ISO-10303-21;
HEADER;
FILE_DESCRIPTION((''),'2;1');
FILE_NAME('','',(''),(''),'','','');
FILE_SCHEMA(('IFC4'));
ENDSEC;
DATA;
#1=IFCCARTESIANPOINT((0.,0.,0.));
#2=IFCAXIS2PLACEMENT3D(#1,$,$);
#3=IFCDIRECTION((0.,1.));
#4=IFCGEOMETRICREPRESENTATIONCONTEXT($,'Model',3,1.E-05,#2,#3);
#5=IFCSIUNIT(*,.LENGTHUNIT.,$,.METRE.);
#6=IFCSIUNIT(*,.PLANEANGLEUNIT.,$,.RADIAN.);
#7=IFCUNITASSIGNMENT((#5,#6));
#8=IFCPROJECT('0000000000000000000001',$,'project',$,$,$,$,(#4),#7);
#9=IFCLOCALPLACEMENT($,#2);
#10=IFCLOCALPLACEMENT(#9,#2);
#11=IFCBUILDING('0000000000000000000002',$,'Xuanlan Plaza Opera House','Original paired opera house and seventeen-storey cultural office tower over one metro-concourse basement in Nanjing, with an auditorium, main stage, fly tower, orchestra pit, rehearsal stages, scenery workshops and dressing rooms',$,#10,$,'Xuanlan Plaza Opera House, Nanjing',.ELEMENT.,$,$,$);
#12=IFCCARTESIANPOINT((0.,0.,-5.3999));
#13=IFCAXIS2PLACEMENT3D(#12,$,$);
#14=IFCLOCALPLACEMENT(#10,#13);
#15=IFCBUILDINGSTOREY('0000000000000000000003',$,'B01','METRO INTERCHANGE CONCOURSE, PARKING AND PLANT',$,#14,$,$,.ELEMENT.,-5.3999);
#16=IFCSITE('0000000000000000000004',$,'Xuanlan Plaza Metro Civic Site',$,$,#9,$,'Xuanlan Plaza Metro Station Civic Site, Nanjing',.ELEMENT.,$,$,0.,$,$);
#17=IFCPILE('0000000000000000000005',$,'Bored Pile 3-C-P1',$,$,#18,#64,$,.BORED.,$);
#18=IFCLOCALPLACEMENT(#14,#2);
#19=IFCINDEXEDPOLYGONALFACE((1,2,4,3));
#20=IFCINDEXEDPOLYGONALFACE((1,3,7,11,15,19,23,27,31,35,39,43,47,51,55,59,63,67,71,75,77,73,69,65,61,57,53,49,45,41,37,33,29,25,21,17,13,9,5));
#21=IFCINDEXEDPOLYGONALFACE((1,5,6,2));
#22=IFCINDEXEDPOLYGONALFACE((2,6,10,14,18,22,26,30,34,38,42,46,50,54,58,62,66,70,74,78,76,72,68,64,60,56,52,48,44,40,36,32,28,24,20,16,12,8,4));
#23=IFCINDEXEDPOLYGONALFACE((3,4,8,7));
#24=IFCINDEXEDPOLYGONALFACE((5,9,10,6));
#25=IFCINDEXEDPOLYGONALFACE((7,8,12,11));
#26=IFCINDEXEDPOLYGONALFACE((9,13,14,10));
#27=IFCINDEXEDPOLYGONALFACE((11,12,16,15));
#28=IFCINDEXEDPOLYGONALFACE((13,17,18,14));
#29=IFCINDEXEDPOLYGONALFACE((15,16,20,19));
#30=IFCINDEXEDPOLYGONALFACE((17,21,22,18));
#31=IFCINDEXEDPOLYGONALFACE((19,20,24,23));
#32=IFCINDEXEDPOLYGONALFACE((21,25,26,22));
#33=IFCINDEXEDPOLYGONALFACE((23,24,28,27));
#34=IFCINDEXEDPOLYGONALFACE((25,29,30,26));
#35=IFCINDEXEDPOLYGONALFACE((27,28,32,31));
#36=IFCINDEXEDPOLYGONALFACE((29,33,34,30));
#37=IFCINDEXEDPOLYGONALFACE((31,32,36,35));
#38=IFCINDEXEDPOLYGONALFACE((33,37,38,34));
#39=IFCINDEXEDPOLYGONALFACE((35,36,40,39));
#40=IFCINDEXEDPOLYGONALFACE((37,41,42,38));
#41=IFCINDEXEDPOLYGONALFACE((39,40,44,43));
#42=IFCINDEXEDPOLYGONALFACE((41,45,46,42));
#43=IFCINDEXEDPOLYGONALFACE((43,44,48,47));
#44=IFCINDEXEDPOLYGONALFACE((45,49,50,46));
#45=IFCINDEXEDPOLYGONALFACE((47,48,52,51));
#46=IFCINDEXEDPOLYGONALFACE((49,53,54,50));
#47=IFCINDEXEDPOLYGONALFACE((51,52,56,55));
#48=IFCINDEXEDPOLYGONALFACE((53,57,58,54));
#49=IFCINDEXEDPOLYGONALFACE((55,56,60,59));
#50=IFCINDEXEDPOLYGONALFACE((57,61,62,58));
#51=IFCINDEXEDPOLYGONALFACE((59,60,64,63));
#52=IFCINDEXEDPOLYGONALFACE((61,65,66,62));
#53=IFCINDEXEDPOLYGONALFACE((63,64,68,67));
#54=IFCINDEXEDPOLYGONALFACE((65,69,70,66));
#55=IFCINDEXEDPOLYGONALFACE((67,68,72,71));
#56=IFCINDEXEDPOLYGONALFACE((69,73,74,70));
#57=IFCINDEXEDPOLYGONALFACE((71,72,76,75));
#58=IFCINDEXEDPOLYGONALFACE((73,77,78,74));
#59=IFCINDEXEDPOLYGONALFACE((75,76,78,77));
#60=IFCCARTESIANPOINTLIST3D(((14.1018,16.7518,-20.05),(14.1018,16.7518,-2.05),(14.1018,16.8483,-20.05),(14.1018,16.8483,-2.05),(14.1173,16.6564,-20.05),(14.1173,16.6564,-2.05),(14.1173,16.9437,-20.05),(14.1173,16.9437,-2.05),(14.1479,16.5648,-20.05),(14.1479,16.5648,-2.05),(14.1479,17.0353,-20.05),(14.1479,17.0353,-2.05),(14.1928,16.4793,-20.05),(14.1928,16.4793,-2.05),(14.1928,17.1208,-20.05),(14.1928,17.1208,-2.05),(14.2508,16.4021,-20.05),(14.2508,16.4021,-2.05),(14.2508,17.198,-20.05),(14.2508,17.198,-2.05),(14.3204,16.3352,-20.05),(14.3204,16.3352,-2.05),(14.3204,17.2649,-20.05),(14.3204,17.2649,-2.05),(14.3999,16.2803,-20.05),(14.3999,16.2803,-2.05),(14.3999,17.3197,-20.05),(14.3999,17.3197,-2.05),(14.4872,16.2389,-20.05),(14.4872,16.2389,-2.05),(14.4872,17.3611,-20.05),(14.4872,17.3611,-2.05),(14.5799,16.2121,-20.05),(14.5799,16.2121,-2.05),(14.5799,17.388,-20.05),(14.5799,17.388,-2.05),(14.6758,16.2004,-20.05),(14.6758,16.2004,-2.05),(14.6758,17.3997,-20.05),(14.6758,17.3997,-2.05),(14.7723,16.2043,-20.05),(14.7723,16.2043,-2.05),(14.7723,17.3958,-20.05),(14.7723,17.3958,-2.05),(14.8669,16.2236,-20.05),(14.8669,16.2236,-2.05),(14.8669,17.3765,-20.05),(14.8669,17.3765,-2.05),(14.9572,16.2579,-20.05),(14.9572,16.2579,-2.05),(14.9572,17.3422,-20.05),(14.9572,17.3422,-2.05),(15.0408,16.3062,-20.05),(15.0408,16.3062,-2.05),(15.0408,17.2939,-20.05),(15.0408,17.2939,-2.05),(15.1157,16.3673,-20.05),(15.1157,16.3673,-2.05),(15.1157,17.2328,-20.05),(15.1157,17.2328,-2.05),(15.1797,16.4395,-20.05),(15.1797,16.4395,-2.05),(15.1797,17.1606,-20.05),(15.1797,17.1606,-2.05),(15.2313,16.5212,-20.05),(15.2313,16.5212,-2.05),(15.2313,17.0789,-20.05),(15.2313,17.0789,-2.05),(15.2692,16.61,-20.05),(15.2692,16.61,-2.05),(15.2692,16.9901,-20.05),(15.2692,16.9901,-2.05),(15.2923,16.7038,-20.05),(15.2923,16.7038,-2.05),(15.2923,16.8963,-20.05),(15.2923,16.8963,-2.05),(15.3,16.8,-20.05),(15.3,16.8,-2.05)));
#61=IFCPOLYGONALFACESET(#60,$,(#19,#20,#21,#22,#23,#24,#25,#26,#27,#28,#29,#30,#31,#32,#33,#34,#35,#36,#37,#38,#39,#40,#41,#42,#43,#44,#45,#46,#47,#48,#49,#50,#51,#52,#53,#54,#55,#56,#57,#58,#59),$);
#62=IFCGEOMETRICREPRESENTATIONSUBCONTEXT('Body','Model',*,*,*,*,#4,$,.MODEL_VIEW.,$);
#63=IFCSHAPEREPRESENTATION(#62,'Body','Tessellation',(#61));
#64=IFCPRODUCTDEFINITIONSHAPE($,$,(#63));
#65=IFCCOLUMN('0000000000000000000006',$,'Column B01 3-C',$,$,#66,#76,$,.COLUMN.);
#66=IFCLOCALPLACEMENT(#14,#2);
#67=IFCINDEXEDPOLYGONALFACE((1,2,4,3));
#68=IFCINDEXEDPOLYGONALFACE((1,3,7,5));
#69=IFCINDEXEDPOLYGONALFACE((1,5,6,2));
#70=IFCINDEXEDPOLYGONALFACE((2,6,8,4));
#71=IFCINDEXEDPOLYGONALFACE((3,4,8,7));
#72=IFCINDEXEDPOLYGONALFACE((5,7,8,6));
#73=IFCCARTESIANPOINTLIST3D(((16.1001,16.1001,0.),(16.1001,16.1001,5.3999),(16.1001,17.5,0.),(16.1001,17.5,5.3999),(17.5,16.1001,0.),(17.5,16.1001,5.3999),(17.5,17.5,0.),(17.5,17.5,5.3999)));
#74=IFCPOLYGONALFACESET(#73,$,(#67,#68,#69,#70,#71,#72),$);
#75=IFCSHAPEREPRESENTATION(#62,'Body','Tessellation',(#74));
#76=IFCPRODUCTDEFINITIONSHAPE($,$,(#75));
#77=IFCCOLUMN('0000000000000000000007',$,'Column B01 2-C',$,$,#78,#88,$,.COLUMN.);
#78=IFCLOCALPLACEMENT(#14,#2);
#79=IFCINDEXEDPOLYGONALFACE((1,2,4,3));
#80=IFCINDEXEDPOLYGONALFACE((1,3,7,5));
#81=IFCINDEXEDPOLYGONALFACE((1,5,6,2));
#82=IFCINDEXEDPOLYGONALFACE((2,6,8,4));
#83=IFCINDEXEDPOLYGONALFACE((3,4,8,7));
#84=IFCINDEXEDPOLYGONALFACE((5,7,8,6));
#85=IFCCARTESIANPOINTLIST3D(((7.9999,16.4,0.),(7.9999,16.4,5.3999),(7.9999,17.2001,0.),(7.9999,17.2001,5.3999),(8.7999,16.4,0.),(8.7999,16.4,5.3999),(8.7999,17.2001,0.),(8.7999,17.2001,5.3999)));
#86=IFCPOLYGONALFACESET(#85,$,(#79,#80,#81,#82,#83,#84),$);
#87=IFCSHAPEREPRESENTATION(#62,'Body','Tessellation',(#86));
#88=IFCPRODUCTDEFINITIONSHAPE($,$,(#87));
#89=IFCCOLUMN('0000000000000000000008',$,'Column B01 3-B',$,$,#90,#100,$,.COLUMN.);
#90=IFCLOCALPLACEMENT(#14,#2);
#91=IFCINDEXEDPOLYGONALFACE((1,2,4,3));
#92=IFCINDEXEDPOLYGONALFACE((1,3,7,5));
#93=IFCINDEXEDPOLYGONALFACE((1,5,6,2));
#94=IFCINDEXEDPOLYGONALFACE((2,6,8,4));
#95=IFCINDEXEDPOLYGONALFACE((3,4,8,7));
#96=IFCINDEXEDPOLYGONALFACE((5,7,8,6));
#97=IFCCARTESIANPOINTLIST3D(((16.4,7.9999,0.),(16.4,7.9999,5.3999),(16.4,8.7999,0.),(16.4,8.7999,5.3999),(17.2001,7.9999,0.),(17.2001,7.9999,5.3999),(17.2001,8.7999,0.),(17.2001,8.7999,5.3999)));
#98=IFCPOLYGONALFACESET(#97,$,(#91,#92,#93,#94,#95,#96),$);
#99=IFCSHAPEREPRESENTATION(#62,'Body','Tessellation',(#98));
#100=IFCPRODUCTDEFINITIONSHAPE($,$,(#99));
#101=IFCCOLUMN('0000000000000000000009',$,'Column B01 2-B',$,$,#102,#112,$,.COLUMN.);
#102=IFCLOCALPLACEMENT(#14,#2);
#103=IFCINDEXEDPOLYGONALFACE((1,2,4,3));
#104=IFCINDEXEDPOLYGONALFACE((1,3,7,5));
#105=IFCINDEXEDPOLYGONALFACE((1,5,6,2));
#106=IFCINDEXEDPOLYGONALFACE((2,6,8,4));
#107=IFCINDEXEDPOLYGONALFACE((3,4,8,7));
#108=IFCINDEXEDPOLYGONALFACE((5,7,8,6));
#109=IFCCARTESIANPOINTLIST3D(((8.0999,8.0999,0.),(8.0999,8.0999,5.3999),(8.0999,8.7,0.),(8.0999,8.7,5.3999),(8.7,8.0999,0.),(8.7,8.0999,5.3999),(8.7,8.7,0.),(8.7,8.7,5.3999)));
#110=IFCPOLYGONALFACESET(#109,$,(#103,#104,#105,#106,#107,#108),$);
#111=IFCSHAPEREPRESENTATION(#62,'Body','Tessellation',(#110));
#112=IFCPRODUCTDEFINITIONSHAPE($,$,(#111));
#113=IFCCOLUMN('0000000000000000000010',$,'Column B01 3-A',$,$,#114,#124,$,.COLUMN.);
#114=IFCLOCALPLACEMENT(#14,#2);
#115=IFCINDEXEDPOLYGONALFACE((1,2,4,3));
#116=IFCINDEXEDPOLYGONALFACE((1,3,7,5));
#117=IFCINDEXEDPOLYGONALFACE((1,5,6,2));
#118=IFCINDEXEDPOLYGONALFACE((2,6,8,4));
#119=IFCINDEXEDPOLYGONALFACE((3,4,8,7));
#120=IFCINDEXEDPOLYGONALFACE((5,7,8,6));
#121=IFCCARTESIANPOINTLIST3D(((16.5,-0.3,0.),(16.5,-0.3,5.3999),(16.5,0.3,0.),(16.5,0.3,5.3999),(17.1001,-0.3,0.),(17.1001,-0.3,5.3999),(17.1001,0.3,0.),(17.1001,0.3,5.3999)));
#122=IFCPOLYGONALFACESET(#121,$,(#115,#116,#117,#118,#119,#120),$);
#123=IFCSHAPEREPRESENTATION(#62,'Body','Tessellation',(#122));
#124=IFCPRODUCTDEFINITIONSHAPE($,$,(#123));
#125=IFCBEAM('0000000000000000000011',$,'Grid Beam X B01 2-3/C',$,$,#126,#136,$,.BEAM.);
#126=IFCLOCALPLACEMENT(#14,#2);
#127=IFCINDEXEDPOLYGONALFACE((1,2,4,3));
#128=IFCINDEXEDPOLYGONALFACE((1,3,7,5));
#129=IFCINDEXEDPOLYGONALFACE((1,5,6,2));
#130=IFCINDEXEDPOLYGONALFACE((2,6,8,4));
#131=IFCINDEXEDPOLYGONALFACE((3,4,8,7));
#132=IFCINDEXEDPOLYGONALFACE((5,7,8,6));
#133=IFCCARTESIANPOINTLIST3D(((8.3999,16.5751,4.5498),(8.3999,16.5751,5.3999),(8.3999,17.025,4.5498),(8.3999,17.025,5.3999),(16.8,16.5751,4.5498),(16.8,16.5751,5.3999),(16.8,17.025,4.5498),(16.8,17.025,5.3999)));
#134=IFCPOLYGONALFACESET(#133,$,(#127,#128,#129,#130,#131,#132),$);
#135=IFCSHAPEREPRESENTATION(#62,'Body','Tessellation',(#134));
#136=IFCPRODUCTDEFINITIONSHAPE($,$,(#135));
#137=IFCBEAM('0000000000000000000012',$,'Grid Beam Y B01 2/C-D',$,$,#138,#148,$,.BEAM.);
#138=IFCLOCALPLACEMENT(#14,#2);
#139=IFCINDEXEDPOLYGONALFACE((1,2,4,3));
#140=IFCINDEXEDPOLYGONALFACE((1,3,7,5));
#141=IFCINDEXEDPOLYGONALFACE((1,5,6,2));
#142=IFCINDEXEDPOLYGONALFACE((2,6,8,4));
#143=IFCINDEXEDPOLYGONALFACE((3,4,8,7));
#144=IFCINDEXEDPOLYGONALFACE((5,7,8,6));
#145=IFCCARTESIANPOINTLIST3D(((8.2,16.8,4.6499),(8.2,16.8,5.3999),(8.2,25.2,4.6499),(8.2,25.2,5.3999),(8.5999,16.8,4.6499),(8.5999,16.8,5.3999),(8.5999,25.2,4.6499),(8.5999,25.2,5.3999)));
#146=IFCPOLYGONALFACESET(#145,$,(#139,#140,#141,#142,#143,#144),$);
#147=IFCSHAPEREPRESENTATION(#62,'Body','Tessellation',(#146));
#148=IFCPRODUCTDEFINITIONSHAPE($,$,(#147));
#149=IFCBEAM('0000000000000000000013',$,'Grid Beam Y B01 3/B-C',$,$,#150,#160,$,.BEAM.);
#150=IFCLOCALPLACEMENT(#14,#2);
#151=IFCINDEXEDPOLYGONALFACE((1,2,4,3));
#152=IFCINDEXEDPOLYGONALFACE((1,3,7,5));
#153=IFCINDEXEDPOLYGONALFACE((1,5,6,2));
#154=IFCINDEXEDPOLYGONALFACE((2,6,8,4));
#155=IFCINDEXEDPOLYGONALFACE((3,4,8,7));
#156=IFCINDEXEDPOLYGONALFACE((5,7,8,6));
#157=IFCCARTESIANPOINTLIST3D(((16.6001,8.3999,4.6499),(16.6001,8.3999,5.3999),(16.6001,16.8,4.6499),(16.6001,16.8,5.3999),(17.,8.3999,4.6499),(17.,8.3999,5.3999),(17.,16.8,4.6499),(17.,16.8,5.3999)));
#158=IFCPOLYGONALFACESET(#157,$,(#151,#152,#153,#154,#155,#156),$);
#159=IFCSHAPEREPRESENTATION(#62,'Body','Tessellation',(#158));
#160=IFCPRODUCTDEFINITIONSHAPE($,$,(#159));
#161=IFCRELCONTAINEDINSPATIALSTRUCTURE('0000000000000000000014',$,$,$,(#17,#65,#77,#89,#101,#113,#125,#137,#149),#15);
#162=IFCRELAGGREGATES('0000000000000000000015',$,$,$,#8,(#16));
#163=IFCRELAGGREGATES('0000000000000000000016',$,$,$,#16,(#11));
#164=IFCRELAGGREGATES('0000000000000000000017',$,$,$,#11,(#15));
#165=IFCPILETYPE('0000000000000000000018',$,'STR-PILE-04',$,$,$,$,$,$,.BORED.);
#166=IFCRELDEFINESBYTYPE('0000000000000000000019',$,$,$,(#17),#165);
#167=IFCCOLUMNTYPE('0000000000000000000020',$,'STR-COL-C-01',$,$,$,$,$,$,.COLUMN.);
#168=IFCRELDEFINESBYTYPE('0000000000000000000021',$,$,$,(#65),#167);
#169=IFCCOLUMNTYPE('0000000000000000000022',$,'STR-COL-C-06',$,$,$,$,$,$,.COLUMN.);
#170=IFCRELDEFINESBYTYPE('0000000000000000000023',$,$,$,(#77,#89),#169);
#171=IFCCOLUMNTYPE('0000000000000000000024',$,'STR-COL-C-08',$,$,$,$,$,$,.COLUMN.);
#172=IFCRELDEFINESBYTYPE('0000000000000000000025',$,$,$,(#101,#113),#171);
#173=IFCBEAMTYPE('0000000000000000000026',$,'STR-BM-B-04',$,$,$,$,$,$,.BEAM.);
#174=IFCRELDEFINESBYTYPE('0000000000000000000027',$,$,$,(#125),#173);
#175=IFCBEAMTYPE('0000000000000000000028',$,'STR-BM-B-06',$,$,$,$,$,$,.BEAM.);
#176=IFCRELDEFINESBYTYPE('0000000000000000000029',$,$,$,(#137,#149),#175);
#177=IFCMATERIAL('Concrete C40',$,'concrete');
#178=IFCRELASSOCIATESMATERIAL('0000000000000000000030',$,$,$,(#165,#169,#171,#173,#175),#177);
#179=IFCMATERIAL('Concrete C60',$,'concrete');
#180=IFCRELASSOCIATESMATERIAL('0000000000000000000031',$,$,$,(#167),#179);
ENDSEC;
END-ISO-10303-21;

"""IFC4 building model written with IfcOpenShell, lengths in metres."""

from ifc_helpers import new_model, si_unit, direction, frame, origin, origin_2d, place, context, subcontext, project, spatial, rectangle, circle, extrude, material, material_profile, profile_set, type_object, element, save


model = new_model("IFC4")

# Units and contexts
model_context = context("Model", 3, precision=1e-05, world=origin(), true_north=direction((0.0, 1.0)))
body_context = subcontext(model_context, "Body", "Model", "MODEL_VIEW")
ifc_project = project(units=[si_unit("LENGTHUNIT", "METRE"), si_unit("PLANEANGLEUNIT", "RADIAN")], contexts=[model_context])

# Site, building, storey
site_placement = place(None, origin())
site = spatial("IfcSite", under=ifc_project, at=site_placement, Name="Xuanlan Plaza Metro Civic Site", LongName="Xuanlan Plaza Metro Station Civic Site, Nanjing", CompositionType="ELEMENT", RefElevation=0.0)
building_placement = place(site_placement, origin())
building = spatial("IfcBuilding", under=site, at=building_placement, Name="Xuanlan Plaza Opera House", Description="Original paired opera house and seventeen-storey cultural office tower over one metro-concourse basement in Nanjing, with an auditorium, main stage, fly tower, orchestra pit, rehearsal stages, scenery workshops and dressing rooms", LongName="Xuanlan Plaza Opera House, Nanjing", CompositionType="ELEMENT")
storey_placement = place(building_placement, frame((0.0, 0.0, -5.3999)))
storey = spatial("IfcBuildingStorey", under=building, at=storey_placement, Name="B01", Description="METRO INTERCHANGE CONCOURSE, PARKING AND PLANT", CompositionType="ELEMENT", Elevation=-5.3999)

# Shared definitions
ifc_material_1 = material(Name="Concrete C40", Category="concrete")

# Pile
ifc_material_profile_1 = material_profile(ifc_material_1, circle(Radius=0.6001, at=origin_2d()), Name="PILE D1200")
ifc_profile_set_1 = profile_set([ifc_material_profile_1], Name="Concrete C40")
pile_type_1 = type_object("IfcPileType", Name="STR-PILE-04", PredefinedType="BORED", material=ifc_profile_set_1)
pile_1_placement = place(storey_placement, frame((14.7, 16.8, -2.05), z_axis=(0.0, 0.0, -1.0), x_axis=(1.0, 0.0, 0.0)))
element("IfcPile", 1, at=pile_1_placement, inside=storey, type_object=pile_type_1, Name="Bored Pile 3-C-P1", PredefinedType="BORED", context=body_context, shape_type="SweptSolid", body=[
    extrude(circle(Radius=0.6001, at=origin_2d()), origin(), (0.0, 0.0, 1.0), 18.0),
])

# Columns
ifc_material_2 = material(Name="Concrete C60", Category="concrete")
ifc_material_profile_2 = material_profile(ifc_material_2, rectangle(XDim=1.3999, YDim=1.3999, at=origin_2d()), Name="RC-COL 1400x1400")
ifc_profile_set_2 = profile_set([ifc_material_profile_2], Name="Concrete C60")
column_type_1 = type_object("IfcColumnType", Name="STR-COL-C-01", PredefinedType="COLUMN", material=ifc_profile_set_2)
column_placement = place(storey_placement, frame((16.8, 16.8, 0.0), z_axis=(0.0, 0.0, 1.0), x_axis=(1.0, 0.0, 0.0)))
element("IfcColumn", 2, at=column_placement, inside=storey, type_object=column_type_1, Name="Column B01 3-C", PredefinedType="COLUMN", context=body_context, shape_type="SweptSolid", body=[
    extrude(rectangle(XDim=1.3999, YDim=1.3999, at=origin_2d()), origin(), (0.0, 0.0, 1.0), 5.3999),
])
ifc_material_profile_3 = material_profile(ifc_material_1, rectangle(XDim=0.8, YDim=0.8, at=origin_2d()), Name="RC-COL 800x800")
ifc_profile_set_3 = profile_set([ifc_material_profile_3], Name="Concrete C40")
column_type_2 = type_object("IfcColumnType", Name="STR-COL-C-06", PredefinedType="COLUMN", material=ifc_profile_set_3)
for number, where, z_axis, x_axis, name in (
    (3, (8.3999, 16.8, 0.0), (0.0, 0.0, 1.0), (1.0, 0.0, 0.0), "Column B01 2-C"),
    (4, (16.8, 8.3999, 0.0), (0.0, 0.0, 1.0), (1.0, 0.0, 0.0), "Column B01 3-B"),
):
    element("IfcColumn", number, at=place(storey_placement, frame(where, z_axis=z_axis, x_axis=x_axis)), inside=storey, type_object=column_type_2, Name=name, PredefinedType="COLUMN", context=body_context, shape_type="SweptSolid", body=[
        extrude(rectangle(XDim=0.8, YDim=0.8, at=origin_2d()), origin(), (0.0, 0.0, 1.0), 5.3999),
    ])
ifc_material_profile_4 = material_profile(ifc_material_1, rectangle(XDim=0.6001, YDim=0.6001, at=origin_2d()), Name="RC-COL 600x600")
ifc_profile_set_4 = profile_set([ifc_material_profile_4], Name="Concrete C40")
column_type_3 = type_object("IfcColumnType", Name="STR-COL-C-08", PredefinedType="COLUMN", material=ifc_profile_set_4)
for number, where, z_axis, x_axis, name in (
    (5, (8.3999, 8.3999, 0.0), (0.0, 0.0, 1.0), (1.0, 0.0, 0.0), "Column B01 2-B"),
    (6, (16.8, 0.0, 0.0), (0.0, 0.0, 1.0), (1.0, 0.0, 0.0), "Column B01 3-A"),
):
    element("IfcColumn", number, at=place(storey_placement, frame(where, z_axis=z_axis, x_axis=x_axis)), inside=storey, type_object=column_type_3, Name=name, PredefinedType="COLUMN", context=body_context, shape_type="SweptSolid", body=[
        extrude(rectangle(XDim=0.6001, YDim=0.6001, at=origin_2d()), origin(), (0.0, 0.0, 1.0), 5.3999),
    ])

# Beams
ifc_material_profile_5 = material_profile(ifc_material_1, rectangle(XDim=0.45, YDim=0.8501, at=origin_2d()), Name="RC-BM 450x850")
ifc_profile_set_5 = profile_set([ifc_material_profile_5], Name="Concrete C40")
beam_type_1 = type_object("IfcBeamType", Name="STR-BM-B-04", PredefinedType="BEAM", material=ifc_profile_set_5)
beam_1_placement = place(storey_placement, frame((8.3999, 16.8, 4.9749), z_axis=(1.0, 0.0, 0.0), x_axis=(0.0, 1.0, 0.0)))
element("IfcBeam", 7, at=beam_1_placement, inside=storey, type_object=beam_type_1, Name="Grid Beam X B01 2-3/C", PredefinedType="BEAM", context=body_context, shape_type="SweptSolid", body=[
    extrude(rectangle(XDim=0.45, YDim=0.8501, at=origin_2d()), origin(), (0.0, 0.0, 1.0), 8.4001),
])
ifc_material_profile_6 = material_profile(ifc_material_1, rectangle(XDim=0.3999, YDim=0.75, at=origin_2d()), Name="RC-BM 400x750")
ifc_profile_set_6 = profile_set([ifc_material_profile_6], Name="Concrete C40")
beam_type_2 = type_object("IfcBeamType", Name="STR-BM-B-06", PredefinedType="BEAM", material=ifc_profile_set_6)
beam_2_placement = place(storey_placement, frame((8.3999, 16.8, 5.0249), z_axis=(0.0, 1.0, 0.0), x_axis=(-1.0, 0.0, 0.0)))
element("IfcBeam", 8, at=beam_2_placement, inside=storey, type_object=beam_type_2, Name="Grid Beam Y B01 2/C-D", PredefinedType="BEAM", context=body_context, shape_type="SweptSolid", body=[
    extrude(rectangle(XDim=0.3999, YDim=0.75, at=origin_2d()), origin(), (0.0, 0.0, 1.0), 8.3999),
])
beam_3_placement = place(storey_placement, frame((16.8, 8.3999, 5.0249), z_axis=(0.0, 1.0, 0.0), x_axis=(-1.0, 0.0, 0.0)))
element("IfcBeam", 9, at=beam_3_placement, inside=storey, type_object=beam_type_2, Name="Grid Beam Y B01 3/B-C", PredefinedType="BEAM", context=body_context, shape_type="SweptSolid", body=[
    extrude(rectangle(XDim=0.3999, YDim=0.75, at=origin_2d()), origin(), (0.0, 0.0, 1.0), 8.4001),
])

save(model, "model.ifc")
